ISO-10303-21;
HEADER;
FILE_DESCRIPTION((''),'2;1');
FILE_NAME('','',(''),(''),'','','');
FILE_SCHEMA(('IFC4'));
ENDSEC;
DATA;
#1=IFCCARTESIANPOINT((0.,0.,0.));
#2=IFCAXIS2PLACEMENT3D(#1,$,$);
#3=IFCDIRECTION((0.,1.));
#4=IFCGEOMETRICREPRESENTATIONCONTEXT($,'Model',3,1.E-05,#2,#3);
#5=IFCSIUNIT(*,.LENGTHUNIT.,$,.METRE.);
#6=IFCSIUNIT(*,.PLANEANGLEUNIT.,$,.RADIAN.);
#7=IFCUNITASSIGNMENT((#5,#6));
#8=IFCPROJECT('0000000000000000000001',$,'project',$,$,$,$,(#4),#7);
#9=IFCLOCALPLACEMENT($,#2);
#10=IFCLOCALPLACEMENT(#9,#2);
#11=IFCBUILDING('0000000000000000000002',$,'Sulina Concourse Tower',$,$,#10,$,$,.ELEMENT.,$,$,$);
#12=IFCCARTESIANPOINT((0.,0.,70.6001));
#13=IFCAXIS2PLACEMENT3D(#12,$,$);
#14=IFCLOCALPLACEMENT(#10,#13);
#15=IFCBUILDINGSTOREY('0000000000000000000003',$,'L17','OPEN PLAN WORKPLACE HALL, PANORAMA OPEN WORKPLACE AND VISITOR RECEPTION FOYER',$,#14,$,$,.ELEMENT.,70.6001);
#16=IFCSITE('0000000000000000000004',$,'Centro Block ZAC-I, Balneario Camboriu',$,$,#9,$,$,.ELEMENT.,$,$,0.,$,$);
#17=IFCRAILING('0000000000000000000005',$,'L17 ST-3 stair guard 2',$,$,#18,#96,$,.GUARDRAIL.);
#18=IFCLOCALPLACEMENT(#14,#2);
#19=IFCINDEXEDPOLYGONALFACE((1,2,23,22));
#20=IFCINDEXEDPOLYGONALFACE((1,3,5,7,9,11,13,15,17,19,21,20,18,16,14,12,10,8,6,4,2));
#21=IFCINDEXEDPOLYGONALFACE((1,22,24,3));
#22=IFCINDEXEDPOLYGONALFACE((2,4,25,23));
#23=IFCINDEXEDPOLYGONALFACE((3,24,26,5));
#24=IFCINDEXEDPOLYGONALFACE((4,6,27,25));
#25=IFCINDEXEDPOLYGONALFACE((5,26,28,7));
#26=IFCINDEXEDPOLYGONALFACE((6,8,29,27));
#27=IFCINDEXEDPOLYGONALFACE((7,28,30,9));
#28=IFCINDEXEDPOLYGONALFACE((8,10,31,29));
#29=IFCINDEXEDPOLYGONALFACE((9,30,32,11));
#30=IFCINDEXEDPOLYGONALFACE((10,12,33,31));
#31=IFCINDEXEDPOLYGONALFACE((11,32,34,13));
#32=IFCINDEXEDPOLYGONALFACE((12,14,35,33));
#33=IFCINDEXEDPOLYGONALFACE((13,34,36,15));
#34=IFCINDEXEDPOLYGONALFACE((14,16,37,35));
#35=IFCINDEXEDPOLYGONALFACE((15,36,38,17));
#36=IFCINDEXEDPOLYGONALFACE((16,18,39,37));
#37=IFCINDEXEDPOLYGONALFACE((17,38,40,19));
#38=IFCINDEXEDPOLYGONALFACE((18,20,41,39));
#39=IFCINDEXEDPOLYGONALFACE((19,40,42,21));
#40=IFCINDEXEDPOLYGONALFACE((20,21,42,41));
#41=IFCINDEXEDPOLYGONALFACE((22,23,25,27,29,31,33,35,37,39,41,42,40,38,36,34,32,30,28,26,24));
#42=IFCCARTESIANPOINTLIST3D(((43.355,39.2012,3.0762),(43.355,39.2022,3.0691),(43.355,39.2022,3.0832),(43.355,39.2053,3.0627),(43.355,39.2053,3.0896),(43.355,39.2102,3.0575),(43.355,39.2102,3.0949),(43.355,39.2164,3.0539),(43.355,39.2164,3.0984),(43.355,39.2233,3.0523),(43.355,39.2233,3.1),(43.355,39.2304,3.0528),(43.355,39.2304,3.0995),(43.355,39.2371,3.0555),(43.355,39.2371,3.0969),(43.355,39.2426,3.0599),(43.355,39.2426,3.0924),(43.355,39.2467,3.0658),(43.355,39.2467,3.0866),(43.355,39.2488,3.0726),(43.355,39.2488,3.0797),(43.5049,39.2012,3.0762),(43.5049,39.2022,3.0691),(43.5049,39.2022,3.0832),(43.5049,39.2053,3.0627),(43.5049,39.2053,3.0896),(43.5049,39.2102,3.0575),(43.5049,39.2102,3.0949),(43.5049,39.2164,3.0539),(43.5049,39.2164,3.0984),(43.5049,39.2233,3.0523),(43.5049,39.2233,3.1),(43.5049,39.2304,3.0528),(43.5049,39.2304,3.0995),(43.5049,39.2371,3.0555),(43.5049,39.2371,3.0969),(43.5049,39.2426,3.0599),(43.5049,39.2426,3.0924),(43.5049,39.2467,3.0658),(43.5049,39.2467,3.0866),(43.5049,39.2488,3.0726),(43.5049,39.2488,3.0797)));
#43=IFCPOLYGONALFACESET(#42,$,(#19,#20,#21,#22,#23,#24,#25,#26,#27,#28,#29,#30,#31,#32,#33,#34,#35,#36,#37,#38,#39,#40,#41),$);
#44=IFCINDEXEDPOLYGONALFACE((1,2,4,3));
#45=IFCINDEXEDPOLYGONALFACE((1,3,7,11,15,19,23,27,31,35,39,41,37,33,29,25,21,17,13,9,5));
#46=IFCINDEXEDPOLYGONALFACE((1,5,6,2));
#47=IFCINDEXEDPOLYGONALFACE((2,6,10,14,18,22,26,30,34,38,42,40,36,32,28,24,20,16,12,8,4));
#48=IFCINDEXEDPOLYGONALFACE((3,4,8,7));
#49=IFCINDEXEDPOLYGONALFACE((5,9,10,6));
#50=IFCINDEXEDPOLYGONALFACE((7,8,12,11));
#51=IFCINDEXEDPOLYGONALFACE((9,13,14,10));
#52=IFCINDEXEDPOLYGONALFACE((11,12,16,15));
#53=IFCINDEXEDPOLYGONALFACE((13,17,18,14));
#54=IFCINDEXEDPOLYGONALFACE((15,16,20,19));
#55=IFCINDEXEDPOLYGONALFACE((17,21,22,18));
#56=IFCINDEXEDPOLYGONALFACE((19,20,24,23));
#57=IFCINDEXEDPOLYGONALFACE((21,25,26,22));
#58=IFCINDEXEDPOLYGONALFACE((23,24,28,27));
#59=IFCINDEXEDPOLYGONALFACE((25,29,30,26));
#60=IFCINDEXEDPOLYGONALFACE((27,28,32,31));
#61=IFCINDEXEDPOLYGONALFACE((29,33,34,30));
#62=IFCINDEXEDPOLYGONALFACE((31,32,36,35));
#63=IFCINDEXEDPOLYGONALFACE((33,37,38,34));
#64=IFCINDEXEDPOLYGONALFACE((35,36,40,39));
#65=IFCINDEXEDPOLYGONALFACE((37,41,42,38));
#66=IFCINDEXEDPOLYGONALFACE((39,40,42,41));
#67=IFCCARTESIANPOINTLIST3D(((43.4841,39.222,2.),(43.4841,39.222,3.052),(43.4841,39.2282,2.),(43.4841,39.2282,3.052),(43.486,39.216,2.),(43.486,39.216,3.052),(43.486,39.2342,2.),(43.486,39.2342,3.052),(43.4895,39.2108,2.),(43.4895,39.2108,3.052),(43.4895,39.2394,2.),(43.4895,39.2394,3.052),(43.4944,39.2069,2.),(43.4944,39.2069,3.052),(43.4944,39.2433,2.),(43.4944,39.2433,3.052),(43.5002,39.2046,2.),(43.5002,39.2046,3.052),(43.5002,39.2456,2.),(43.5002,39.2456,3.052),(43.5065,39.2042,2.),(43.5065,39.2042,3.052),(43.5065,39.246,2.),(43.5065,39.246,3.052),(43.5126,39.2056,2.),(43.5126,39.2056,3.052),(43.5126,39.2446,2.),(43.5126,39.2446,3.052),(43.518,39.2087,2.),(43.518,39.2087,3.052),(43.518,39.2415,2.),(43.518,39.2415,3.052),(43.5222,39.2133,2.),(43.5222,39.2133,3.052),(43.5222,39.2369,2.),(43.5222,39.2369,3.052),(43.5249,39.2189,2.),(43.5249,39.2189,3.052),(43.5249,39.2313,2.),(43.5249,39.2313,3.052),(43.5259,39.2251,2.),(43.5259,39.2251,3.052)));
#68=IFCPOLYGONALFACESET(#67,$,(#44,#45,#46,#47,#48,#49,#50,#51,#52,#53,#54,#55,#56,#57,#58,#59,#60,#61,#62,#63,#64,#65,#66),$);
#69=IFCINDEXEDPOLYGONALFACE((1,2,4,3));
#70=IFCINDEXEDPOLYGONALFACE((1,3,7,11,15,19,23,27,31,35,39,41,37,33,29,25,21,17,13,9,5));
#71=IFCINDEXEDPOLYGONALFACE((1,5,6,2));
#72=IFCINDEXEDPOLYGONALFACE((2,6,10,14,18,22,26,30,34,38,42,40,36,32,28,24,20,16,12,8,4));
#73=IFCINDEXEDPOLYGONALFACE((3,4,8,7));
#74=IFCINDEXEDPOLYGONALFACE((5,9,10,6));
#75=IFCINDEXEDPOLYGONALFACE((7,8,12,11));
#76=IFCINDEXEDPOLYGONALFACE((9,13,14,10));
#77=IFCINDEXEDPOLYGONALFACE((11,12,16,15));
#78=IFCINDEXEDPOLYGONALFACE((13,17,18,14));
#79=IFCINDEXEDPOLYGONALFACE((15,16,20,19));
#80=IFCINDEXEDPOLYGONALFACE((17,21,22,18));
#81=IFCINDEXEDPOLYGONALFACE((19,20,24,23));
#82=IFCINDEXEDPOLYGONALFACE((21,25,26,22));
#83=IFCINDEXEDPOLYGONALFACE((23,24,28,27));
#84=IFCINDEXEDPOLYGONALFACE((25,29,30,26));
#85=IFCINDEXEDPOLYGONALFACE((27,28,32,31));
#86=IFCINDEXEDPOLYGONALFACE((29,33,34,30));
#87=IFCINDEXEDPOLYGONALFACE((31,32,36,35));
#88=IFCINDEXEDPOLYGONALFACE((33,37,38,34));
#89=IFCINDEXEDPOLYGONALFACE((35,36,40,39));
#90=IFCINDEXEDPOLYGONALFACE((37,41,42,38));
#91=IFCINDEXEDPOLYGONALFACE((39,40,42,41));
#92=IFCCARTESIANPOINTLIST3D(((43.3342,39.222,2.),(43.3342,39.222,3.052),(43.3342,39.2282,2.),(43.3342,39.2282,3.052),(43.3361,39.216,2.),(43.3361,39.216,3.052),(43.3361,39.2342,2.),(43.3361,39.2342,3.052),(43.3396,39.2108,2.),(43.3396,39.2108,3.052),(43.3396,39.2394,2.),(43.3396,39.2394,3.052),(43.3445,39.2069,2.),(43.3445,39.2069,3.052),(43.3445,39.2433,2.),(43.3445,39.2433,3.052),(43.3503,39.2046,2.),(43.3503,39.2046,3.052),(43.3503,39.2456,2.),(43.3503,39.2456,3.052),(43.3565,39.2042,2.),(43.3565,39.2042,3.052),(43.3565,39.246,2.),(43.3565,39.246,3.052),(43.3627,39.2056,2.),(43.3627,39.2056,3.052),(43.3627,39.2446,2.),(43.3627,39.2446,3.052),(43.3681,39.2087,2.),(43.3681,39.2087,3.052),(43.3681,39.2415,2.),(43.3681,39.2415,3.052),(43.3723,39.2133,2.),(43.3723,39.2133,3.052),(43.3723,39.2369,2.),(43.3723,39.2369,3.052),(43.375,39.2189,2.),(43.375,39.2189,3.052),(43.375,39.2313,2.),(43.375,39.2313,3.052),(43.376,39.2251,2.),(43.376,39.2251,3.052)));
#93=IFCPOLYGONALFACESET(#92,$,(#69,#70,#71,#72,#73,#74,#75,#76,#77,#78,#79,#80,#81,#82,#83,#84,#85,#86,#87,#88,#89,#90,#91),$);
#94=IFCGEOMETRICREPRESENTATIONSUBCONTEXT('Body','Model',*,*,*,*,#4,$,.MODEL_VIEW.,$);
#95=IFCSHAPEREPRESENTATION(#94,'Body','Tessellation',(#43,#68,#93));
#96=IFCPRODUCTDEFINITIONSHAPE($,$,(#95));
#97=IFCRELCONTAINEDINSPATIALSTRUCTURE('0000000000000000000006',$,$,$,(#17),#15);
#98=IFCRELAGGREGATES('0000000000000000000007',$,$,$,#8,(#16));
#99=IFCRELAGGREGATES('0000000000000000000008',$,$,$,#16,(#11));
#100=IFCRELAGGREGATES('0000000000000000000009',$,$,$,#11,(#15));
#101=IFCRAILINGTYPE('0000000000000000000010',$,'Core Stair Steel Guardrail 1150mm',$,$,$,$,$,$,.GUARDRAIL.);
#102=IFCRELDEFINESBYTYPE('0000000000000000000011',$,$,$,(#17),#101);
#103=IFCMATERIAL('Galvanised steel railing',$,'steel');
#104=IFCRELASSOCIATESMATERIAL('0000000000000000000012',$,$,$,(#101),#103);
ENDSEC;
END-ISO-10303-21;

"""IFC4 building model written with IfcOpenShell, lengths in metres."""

from ifc_helpers import new_model, si_unit, direction, frame, origin, origin_2d, place, context, subcontext, project, spatial, circle, extrude, material, type_object, element, save


model = new_model("IFC4")

# Units and contexts
model_context = context("Model", 3, precision=1e-05, world=origin(), true_north=direction((0.0, 1.0)))
body_context = subcontext(model_context, "Body", "Model", "MODEL_VIEW")
ifc_project = project(units=[si_unit("LENGTHUNIT", "METRE"), si_unit("PLANEANGLEUNIT", "RADIAN")], contexts=[model_context])

# Site, building, storey
site_placement = place(None, origin())
site = spatial("IfcSite", under=ifc_project, at=site_placement, Name="Centro Block ZAC-I, Balneario Camboriu", CompositionType="ELEMENT", RefElevation=0.0)
building_placement = place(site_placement, origin())
building = spatial("IfcBuilding", under=site, at=building_placement, Name="Sulina Concourse Tower", CompositionType="ELEMENT")
storey_placement = place(building_placement, frame((0.0, 0.0, 70.6001)))
storey = spatial("IfcBuildingStorey", under=building, at=storey_placement, Name="L17", Description="OPEN PLAN WORKPLACE HALL, PANORAMA OPEN WORKPLACE AND VISITOR RECEPTION FOYER", CompositionType="ELEMENT", Elevation=70.6001)

# Railing
ifc_material_1 = material(Name="Galvanised steel railing", Category="steel")
railing_type_1 = type_object("IfcRailingType", Name="Core Stair Steel Guardrail 1150mm", PredefinedType="GUARDRAIL", material=ifc_material_1)
railing_1_placement = place(storey_placement, frame((43.5049, 39.2251, 2.0)))
element("IfcRailing", 1, at=railing_1_placement, inside=storey, type_object=railing_type_1, Name="L17 ST-3 stair guard 2", PredefinedType="GUARDRAIL", context=body_context, shape_type="SweptSolid", body=[
    extrude(circle(Radius=0.0239, at=origin_2d()), frame((0.0, 0.0, 1.0762), z_axis=(-1.0, 0.0, 0.0), x_axis=(0.0, -1.0, 0.0)), (0.0, 0.0, 1.0), 0.1499),
    extrude(circle(Radius=0.021, at=origin_2d()), origin(), (0.0, 0.0, 1.0), 1.052),
    extrude(circle(Radius=0.021, at=origin_2d()), frame((-0.1499, 0.0, 0.0)), (0.0, 0.0, 1.0), 1.052),
])

save(model, "model.ifc")
